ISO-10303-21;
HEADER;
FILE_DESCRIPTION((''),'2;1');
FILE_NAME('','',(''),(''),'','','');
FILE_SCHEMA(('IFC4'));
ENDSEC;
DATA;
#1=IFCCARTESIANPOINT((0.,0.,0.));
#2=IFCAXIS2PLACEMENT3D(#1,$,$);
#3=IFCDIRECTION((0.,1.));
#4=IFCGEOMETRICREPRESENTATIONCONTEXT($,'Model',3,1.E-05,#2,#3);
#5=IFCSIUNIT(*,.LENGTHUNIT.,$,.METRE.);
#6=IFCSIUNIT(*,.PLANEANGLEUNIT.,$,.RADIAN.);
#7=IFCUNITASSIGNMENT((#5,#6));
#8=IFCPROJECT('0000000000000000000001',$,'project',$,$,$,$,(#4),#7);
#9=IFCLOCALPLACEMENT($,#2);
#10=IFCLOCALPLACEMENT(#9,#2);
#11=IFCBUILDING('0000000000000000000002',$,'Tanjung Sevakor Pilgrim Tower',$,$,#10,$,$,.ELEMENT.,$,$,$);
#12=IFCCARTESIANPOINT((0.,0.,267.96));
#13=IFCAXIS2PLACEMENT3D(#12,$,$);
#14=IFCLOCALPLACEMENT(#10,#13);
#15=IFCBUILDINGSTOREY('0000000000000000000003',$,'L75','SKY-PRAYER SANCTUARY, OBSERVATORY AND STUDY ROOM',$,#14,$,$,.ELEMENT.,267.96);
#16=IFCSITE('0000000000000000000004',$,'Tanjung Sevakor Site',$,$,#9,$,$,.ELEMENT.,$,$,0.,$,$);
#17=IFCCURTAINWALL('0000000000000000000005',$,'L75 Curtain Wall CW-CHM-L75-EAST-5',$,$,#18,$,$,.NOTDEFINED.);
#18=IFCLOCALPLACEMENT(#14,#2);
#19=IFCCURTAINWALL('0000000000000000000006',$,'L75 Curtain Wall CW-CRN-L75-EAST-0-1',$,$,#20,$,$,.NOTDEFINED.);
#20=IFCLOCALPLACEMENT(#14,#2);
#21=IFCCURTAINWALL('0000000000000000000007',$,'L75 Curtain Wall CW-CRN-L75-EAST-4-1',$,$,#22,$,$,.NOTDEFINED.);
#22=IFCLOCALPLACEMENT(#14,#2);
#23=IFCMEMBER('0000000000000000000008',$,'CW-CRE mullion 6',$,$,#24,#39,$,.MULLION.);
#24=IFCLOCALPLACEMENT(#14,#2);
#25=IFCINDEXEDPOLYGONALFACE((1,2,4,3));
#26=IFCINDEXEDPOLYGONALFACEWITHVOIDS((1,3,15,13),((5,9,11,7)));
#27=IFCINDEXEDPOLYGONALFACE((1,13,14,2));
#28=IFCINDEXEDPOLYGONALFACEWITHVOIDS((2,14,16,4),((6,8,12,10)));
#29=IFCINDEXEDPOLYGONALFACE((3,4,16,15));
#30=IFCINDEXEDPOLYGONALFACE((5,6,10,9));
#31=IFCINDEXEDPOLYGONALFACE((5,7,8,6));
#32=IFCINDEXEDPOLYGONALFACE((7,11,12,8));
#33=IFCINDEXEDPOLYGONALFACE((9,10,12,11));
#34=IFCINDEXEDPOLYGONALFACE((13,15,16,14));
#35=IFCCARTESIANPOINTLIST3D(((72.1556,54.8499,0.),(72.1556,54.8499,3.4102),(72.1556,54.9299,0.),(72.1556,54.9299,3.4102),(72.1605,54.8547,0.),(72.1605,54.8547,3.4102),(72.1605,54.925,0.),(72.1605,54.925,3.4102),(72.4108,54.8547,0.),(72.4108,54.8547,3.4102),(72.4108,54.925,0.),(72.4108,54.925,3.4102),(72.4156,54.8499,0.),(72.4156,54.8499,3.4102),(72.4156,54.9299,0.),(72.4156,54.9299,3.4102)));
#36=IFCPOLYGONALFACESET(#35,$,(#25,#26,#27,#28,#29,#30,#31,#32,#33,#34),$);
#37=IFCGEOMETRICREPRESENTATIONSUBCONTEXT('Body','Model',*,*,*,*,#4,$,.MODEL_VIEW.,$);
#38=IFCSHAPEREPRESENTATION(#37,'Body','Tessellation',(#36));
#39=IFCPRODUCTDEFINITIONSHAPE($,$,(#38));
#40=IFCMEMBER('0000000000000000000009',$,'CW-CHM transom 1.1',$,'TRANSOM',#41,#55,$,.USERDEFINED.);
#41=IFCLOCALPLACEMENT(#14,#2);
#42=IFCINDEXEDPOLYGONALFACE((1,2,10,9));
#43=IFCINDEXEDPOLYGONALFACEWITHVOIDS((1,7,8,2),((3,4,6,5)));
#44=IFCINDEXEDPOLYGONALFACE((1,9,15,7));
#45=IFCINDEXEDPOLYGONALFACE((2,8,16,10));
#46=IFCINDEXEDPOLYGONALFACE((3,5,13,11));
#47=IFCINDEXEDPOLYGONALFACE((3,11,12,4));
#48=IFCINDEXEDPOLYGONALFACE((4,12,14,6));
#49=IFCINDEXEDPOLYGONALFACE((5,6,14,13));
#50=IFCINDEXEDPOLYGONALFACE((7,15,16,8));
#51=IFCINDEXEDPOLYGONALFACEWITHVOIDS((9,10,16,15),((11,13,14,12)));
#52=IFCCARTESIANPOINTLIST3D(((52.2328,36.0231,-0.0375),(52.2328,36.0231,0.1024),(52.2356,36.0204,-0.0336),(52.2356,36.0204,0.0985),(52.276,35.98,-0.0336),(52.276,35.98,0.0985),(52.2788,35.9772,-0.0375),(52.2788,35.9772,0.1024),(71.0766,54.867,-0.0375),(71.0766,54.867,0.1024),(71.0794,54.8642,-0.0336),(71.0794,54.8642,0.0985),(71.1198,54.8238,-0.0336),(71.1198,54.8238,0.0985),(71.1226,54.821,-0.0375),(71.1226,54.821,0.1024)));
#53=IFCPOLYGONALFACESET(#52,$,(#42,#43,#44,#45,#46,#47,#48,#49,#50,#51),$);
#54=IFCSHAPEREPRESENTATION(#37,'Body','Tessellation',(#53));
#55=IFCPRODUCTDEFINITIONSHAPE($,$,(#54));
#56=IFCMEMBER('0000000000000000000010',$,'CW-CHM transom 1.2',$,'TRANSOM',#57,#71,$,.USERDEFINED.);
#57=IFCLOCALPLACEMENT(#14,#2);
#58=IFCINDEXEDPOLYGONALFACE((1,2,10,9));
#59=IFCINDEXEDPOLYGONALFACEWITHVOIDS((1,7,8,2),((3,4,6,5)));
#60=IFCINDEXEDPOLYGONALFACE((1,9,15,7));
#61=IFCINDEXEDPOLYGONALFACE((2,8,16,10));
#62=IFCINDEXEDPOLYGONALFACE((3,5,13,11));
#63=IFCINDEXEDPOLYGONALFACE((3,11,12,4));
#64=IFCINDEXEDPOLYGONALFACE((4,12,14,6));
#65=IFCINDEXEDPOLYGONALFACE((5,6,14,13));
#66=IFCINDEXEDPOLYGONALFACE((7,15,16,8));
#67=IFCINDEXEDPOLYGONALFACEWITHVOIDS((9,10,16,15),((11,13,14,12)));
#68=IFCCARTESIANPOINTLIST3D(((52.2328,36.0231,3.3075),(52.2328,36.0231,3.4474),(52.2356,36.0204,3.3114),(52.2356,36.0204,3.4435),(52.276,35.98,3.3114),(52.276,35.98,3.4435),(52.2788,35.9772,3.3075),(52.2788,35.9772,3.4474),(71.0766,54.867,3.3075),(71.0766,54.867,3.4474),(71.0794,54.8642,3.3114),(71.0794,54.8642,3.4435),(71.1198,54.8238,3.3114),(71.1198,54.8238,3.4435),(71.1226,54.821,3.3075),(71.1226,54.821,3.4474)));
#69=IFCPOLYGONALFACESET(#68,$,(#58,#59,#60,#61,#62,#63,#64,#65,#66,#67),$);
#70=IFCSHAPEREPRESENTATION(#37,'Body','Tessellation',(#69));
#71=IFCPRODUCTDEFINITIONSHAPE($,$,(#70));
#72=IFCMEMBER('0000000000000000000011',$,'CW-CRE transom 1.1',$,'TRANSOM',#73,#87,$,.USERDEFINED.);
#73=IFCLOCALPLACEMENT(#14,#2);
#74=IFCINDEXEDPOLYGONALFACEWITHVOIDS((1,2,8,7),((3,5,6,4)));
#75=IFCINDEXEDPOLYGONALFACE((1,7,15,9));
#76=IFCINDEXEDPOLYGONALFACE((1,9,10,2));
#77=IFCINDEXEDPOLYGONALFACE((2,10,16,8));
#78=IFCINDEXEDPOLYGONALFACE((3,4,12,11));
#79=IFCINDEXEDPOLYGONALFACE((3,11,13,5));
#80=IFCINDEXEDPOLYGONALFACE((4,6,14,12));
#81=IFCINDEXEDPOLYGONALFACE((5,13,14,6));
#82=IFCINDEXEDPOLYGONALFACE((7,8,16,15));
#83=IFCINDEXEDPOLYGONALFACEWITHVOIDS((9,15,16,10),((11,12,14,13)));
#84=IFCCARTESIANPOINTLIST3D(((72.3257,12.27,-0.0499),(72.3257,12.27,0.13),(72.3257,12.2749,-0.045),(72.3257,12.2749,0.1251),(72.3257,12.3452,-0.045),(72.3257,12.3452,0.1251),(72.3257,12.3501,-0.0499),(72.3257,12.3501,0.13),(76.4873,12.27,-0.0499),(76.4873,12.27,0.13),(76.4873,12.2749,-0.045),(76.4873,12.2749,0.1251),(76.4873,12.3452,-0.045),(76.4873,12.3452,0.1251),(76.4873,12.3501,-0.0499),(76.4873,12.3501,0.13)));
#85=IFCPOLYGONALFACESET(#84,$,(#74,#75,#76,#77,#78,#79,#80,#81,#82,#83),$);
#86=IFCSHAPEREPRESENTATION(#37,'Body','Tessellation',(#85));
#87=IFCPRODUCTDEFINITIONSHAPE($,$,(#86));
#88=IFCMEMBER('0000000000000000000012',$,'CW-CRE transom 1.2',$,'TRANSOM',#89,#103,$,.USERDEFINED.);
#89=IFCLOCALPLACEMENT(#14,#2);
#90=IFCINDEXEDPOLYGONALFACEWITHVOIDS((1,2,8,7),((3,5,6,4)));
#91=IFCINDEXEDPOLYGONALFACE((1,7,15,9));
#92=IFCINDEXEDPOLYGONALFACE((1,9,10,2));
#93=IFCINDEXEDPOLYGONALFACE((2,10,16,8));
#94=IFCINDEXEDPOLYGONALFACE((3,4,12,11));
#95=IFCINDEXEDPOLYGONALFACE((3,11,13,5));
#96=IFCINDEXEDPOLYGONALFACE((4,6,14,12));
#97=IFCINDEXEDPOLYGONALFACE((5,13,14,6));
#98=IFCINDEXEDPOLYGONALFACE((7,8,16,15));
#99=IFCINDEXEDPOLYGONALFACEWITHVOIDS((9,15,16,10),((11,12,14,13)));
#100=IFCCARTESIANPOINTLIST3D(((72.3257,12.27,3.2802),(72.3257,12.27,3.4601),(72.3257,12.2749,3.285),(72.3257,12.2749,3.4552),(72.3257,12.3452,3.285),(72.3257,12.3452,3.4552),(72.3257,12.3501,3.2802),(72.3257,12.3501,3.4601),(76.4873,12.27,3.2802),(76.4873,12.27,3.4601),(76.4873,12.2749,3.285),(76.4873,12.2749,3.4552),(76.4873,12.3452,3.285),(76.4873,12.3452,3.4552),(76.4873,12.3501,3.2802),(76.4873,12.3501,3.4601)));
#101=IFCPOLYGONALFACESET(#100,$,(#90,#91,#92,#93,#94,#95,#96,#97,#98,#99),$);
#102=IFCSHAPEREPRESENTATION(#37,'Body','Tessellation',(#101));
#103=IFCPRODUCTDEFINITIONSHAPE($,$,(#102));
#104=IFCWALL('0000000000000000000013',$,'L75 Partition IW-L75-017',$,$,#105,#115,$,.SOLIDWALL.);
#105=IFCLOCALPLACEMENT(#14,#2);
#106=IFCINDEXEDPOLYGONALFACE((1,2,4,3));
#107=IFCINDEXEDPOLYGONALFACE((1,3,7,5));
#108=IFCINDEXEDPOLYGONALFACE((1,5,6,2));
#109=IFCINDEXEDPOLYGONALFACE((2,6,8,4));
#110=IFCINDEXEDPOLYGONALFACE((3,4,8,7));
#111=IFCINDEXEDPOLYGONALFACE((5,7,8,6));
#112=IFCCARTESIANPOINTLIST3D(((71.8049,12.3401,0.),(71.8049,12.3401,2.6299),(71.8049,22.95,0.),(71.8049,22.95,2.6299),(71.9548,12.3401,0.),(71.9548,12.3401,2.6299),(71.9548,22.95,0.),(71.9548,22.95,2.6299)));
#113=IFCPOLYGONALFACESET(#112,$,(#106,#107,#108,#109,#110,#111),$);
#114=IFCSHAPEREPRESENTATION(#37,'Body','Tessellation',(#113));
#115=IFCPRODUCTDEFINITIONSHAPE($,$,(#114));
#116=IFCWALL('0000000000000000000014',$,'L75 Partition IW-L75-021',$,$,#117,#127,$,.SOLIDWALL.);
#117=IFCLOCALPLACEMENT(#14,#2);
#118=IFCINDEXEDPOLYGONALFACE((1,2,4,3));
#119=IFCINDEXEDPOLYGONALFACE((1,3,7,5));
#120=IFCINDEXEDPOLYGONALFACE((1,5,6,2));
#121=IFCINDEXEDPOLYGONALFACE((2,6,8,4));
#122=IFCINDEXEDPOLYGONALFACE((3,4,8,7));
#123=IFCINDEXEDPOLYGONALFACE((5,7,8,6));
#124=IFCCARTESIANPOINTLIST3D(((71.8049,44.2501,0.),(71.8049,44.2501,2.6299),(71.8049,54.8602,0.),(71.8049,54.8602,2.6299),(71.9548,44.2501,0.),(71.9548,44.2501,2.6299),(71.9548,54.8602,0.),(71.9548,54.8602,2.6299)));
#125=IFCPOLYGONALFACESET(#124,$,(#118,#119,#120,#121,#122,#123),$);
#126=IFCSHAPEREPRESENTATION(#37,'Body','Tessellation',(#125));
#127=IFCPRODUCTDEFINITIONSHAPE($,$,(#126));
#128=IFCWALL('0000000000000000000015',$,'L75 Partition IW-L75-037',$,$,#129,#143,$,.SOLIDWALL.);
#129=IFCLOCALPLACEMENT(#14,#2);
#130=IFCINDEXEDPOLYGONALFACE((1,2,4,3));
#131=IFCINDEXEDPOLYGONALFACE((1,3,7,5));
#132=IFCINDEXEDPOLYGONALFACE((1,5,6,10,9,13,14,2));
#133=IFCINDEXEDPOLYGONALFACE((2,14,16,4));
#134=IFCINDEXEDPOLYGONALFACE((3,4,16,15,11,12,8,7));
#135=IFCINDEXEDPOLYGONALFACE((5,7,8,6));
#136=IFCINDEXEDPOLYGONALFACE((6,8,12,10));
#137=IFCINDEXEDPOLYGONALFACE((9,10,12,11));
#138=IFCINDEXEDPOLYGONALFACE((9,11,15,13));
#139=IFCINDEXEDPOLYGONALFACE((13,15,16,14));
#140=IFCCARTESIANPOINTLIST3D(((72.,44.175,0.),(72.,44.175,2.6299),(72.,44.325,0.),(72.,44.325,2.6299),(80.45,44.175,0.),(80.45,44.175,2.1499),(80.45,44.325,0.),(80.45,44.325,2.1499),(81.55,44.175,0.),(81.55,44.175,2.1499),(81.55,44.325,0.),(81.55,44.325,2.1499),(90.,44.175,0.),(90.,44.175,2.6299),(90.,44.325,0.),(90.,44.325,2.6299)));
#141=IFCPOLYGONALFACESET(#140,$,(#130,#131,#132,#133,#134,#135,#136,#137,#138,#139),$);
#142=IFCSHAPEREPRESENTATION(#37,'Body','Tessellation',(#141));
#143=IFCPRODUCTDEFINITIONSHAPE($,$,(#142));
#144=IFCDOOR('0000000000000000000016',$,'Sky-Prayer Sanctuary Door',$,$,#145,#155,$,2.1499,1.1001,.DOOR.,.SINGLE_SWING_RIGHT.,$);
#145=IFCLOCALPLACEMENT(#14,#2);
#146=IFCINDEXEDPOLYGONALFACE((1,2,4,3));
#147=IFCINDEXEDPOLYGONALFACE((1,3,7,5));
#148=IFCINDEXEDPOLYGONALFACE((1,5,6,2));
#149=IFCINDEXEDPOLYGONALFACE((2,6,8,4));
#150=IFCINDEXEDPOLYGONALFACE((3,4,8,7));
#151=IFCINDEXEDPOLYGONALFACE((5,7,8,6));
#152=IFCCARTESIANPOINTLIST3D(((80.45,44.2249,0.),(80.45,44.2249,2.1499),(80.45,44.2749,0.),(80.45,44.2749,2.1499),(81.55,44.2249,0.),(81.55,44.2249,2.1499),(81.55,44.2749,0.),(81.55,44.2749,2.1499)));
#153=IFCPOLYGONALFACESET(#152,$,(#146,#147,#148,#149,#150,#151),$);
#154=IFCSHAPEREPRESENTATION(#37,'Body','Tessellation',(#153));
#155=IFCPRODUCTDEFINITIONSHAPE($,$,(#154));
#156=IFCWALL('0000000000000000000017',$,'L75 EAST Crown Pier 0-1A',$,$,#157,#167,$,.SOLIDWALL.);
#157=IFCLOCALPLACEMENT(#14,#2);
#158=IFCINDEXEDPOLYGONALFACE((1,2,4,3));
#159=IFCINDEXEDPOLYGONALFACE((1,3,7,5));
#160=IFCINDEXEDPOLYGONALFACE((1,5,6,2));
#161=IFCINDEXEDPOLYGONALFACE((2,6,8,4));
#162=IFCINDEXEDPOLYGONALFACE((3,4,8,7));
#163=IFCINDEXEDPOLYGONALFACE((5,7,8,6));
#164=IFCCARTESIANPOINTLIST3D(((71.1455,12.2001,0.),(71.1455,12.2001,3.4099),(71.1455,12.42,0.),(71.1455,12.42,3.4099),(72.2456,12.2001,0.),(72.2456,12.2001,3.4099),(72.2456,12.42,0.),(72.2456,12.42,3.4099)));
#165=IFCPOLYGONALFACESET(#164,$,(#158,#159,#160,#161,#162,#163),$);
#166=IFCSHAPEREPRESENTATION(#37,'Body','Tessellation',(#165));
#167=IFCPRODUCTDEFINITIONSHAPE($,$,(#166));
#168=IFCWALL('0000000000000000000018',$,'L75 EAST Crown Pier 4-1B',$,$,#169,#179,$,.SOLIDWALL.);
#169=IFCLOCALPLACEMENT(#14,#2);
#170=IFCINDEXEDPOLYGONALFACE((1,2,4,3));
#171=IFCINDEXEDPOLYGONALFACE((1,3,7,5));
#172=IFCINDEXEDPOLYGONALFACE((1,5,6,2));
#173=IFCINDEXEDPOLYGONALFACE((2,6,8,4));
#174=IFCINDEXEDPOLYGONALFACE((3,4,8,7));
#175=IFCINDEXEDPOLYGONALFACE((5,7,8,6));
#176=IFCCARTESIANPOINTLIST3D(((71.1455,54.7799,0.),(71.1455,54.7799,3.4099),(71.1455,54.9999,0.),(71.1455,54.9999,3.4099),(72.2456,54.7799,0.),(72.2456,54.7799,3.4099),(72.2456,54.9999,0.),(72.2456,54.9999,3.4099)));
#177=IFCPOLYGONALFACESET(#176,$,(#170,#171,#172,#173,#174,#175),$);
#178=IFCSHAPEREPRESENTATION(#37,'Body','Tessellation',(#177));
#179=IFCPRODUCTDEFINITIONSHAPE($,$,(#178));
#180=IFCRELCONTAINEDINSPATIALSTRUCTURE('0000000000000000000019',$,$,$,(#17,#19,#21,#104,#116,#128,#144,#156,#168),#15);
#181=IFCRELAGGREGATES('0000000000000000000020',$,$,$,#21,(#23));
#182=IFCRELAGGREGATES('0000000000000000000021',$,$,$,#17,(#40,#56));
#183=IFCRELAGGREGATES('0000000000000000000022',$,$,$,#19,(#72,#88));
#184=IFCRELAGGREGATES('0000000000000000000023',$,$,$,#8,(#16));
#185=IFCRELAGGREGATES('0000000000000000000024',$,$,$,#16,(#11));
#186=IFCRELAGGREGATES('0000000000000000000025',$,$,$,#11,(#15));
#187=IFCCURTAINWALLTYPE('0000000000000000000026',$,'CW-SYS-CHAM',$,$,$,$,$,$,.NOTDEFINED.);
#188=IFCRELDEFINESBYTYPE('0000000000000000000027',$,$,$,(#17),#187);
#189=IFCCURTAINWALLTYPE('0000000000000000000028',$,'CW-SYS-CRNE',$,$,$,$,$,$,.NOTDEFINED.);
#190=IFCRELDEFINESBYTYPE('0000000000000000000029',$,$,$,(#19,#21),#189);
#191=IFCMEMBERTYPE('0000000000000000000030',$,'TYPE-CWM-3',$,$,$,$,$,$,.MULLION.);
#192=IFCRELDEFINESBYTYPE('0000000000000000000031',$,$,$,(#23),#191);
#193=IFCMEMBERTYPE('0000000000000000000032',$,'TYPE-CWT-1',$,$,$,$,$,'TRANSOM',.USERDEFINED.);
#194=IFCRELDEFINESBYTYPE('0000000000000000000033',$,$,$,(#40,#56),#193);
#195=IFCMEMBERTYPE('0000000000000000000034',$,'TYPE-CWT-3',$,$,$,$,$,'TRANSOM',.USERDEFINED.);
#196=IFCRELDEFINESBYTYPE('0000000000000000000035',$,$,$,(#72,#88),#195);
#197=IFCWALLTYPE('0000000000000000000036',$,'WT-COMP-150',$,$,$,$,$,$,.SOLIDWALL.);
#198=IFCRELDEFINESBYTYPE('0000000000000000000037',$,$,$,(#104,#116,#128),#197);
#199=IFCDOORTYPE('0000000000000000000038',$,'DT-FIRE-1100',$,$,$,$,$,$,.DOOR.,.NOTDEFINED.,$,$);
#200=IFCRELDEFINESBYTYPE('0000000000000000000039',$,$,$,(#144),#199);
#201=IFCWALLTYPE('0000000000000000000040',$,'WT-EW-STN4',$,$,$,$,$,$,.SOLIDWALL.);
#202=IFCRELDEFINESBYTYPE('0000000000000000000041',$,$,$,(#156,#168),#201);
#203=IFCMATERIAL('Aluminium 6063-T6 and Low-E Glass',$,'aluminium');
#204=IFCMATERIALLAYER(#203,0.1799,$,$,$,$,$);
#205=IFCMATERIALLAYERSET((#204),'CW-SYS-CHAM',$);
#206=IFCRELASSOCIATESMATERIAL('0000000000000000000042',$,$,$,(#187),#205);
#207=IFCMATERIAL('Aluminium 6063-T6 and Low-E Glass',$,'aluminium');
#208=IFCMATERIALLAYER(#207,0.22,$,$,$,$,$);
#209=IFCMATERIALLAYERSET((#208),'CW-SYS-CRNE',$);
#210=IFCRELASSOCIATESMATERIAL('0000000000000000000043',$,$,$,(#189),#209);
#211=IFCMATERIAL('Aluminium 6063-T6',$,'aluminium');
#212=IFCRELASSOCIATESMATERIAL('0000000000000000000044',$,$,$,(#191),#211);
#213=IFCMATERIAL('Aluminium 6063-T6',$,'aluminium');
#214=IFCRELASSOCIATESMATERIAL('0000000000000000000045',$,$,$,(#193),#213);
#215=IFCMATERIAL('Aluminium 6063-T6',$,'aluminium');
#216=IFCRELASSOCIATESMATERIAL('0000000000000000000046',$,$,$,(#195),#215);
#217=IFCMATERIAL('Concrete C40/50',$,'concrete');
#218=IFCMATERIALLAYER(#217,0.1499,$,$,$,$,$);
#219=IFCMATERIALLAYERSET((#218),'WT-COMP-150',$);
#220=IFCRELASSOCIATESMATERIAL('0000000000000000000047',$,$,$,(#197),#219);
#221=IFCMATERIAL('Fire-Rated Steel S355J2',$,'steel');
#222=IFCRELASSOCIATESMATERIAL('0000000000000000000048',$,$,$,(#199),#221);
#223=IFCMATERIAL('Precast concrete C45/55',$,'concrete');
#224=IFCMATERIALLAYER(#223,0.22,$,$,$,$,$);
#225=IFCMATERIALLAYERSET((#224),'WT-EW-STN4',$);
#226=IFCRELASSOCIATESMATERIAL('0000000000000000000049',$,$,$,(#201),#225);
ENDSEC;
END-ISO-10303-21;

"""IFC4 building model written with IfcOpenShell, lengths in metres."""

from ifc_helpers import new_model, si_unit, direction, frame, frame_2d, origin, origin_2d, place, context, subcontext, project, spatial, rectangle, hollow_rectangle, extrude, material, layer, layer_set, material_profile, profile_set, type_object, element, fill, aggregate, save


model = new_model("IFC4")

# Units and contexts
model_context = context("Model", 3, precision=1e-05, world=origin(), true_north=direction((0.0, 1.0)))
body_context = subcontext(model_context, "Body", "Model", "MODEL_VIEW")
ifc_project = project(units=[si_unit("LENGTHUNIT", "METRE"), si_unit("PLANEANGLEUNIT", "RADIAN")], contexts=[model_context])

# Site, building, storey
site_placement = place(None, origin())
site = spatial("IfcSite", under=ifc_project, at=site_placement, Name="Tanjung Sevakor Site", CompositionType="ELEMENT", RefElevation=0.0)
building_placement = place(site_placement, origin())
building = spatial("IfcBuilding", under=site, at=building_placement, Name="Tanjung Sevakor Pilgrim Tower", CompositionType="ELEMENT")
storey_placement = place(building_placement, frame((0.0, 0.0, 267.96)))
storey = spatial("IfcBuildingStorey", under=building, at=storey_placement, Name="L75", Description="SKY-PRAYER SANCTUARY, OBSERVATORY AND STUDY ROOM", CompositionType="ELEMENT", Elevation=267.96)

# Curtain walls, member
ifc_material_1 = material(Name="Aluminium 6063-T6 and Low-E Glass", Category="aluminium")
ifc_layer_1 = layer(ifc_material_1, 0.1799)
ifc_layer_set_1 = layer_set([ifc_layer_1], Name="CW-SYS-CHAM")
curtain_wall_type_1 = type_object("IfcCurtainWallType", Name="CW-SYS-CHAM", PredefinedType="NOTDEFINED", material=ifc_layer_set_1)
curtain_wall_1_placement = place(storey_placement, origin())
curtain_wall_1 = element("IfcCurtainWall", 1, at=curtain_wall_1_placement, inside=storey, type_object=curtain_wall_type_1, Name="L75 Curtain Wall CW-CHM-L75-EAST-5", PredefinedType="NOTDEFINED")
ifc_material_2 = material(Name="Aluminium 6063-T6 and Low-E Glass", Category="aluminium")
ifc_layer_2 = layer(ifc_material_2, 0.22)
ifc_layer_set_2 = layer_set([ifc_layer_2], Name="CW-SYS-CRNE")
curtain_wall_type_2 = type_object("IfcCurtainWallType", Name="CW-SYS-CRNE", PredefinedType="NOTDEFINED", material=ifc_layer_set_2)
curtain_wall_2_placement = place(storey_placement, origin())
curtain_wall_2 = element("IfcCurtainWall", 2, at=curtain_wall_2_placement, inside=storey, type_object=curtain_wall_type_2, Name="L75 Curtain Wall CW-CRN-L75-EAST-0-1", PredefinedType="NOTDEFINED")
ifc_material_3 = material(Name="Aluminium 6063-T6", Category="aluminium")
ifc_material_profile_1 = material_profile(ifc_material_3, hollow_rectangle(XDim=0.0801, YDim=0.26, WallThickness=0.0049, at=origin_2d()))
ifc_profile_set_1 = profile_set([ifc_material_profile_1], Name="Aluminium 6063-T6")
member_type_1 = type_object("IfcMemberType", Name="TYPE-CWM-3", PredefinedType="MULLION", material=ifc_profile_set_1)
curtain_wall_3_placement = place(storey_placement, origin())
curtain_wall_3 = element("IfcCurtainWall", 3, at=curtain_wall_3_placement, inside=storey, type_object=curtain_wall_type_2, Name="L75 Curtain Wall CW-CRN-L75-EAST-4-1", PredefinedType="NOTDEFINED")
member_1_placement = place(storey_placement, frame((72.2856, 54.8899, 0.0), z_axis=(0.0, 0.0, 1.0), x_axis=(0.0, -1.0, 0.0)))
member_1 = element("IfcMember", 4, at=member_1_placement, type_object=member_type_1, Name="CW-CRE mullion 6", PredefinedType="MULLION", context=body_context, shape_type="SweptSolid", body=[
    extrude(hollow_rectangle(XDim=0.0801, YDim=0.26, WallThickness=0.0049, at=origin_2d()), origin(), (0.0, 0.0, 1.0), 3.4102),
])
aggregate(curtain_wall_3, [member_1])

# Members
ifc_material_4 = material(Name="Aluminium 6063-T6", Category="aluminium")
ifc_material_profile_2 = material_profile(ifc_material_4, hollow_rectangle(XDim=0.0649, YDim=0.1399, WallThickness=0.0039, at=origin_2d()))
ifc_profile_set_2 = profile_set([ifc_material_profile_2], Name="Aluminium 6063-T6")
member_type_2 = type_object("IfcMemberType", Name="TYPE-CWT-1", ElementType="TRANSOM", PredefinedType="USERDEFINED", material=ifc_profile_set_2)
member_2_placement = place(storey_placement, frame((71.0996, 54.844, 0.0325), z_axis=(-0.707107, -0.707107, 0.0), x_axis=(0.707107, -0.707107, 0.0)))
member_2 = element("IfcMember", 5, at=member_2_placement, type_object=member_type_2, Name="CW-CHM transom 1.1", ObjectType="TRANSOM", PredefinedType="USERDEFINED", context=body_context, shape_type="SweptSolid", body=[
    extrude(hollow_rectangle(XDim=0.0649, YDim=0.1399, WallThickness=0.0039, at=origin_2d()), origin(), (0.0, 0.0, 1.0), 26.6492),
])
member_3_placement = place(storey_placement, frame((71.0996, 54.844, 3.3774), z_axis=(-0.707107, -0.707107, 0.0), x_axis=(0.707107, -0.707107, 0.0)))
member_3 = element("IfcMember", 6, at=member_3_placement, type_object=member_type_2, Name="CW-CHM transom 1.2", ObjectType="TRANSOM", PredefinedType="USERDEFINED", context=body_context, shape_type="SweptSolid", body=[
    extrude(hollow_rectangle(XDim=0.0649, YDim=0.1399, WallThickness=0.0039, at=origin_2d()), origin(), (0.0, 0.0, 1.0), 26.6492),
])
aggregate(curtain_wall_1, [member_2, member_3])
ifc_material_5 = material(Name="Aluminium 6063-T6", Category="aluminium")
ifc_material_profile_3 = material_profile(ifc_material_5, hollow_rectangle(XDim=0.0801, YDim=0.1799, WallThickness=0.0049, at=origin_2d()))
ifc_profile_set_3 = profile_set([ifc_material_profile_3], Name="Aluminium 6063-T6")
member_type_3 = type_object("IfcMemberType", Name="TYPE-CWT-3", ElementType="TRANSOM", PredefinedType="USERDEFINED", material=ifc_profile_set_3)
member_4_placement = place(storey_placement, frame((72.3257, 12.3101, 0.04), z_axis=(1.0, 0.0, 0.0), x_axis=(0.0, 1.0, 0.0)))
member_4 = element("IfcMember", 7, at=member_4_placement, type_object=member_type_3, Name="CW-CRE transom 1.1", ObjectType="TRANSOM", PredefinedType="USERDEFINED", context=body_context, shape_type="SweptSolid", body=[
    extrude(hollow_rectangle(XDim=0.0801, YDim=0.1799, WallThickness=0.0049, at=origin_2d()), origin(), (0.0, 0.0, 1.0), 4.1616),
])
member_5_placement = place(storey_placement, frame((72.3257, 12.3101, 3.3701), z_axis=(1.0, 0.0, 0.0), x_axis=(0.0, 1.0, 0.0)))
member_5 = element("IfcMember", 8, at=member_5_placement, type_object=member_type_3, Name="CW-CRE transom 1.2", ObjectType="TRANSOM", PredefinedType="USERDEFINED", context=body_context, shape_type="SweptSolid", body=[
    extrude(hollow_rectangle(XDim=0.0801, YDim=0.1799, WallThickness=0.0049, at=origin_2d()), origin(), (0.0, 0.0, 1.0), 4.1616),
])
aggregate(curtain_wall_2, [member_4, member_5])

# Walls
ifc_material_6 = material(Name="Concrete C40/50", Category="concrete")
ifc_layer_3 = layer(ifc_material_6, 0.1499)
ifc_layer_set_3 = layer_set([ifc_layer_3], Name="WT-COMP-150")
wall_type_1 = type_object("IfcWallType", Name="WT-COMP-150", PredefinedType="SOLIDWALL", material=ifc_layer_set_3)
wall_1_placement = place(storey_placement, frame((71.8799, 12.3401, 0.0), z_axis=(0.0, 0.0, 1.0), x_axis=(0.0, 1.0, 0.0)))
element("IfcWall", 9, at=wall_1_placement, inside=storey, type_object=wall_type_1, Name="L75 Partition IW-L75-017", PredefinedType="SOLIDWALL", context=body_context, shape_type="SweptSolid", body=[
    extrude(rectangle(XDim=10.6099, YDim=0.1499, at=frame_2d((5.3049, 0.0))), origin(), (0.0, 0.0, 1.0), 2.6299),
])
wall_2_placement = place(storey_placement, frame((71.8799, 44.25, 0.0), z_axis=(0.0, 0.0, 1.0), x_axis=(0.0, 1.0, 0.0)))
element("IfcWall", 10, at=wall_2_placement, inside=storey, type_object=wall_type_1, Name="L75 Partition IW-L75-021", PredefinedType="SOLIDWALL", context=body_context, shape_type="SweptSolid", body=[
    extrude(rectangle(XDim=10.6101, YDim=0.1499, at=frame_2d((5.3052, 0.0))), origin(), (0.0, 0.0, 1.0), 2.6299),
])

# Wall, opening, door
ifc_material_7 = material(Name="Fire-Rated Steel S355J2", Category="steel")
door_type = type_object("IfcDoorType", Name="DT-FIRE-1100", OperationType="NOTDEFINED", PredefinedType="DOOR", material=ifc_material_7)
wall_3_placement = place(storey_placement, frame((72.0, 44.25, 0.0), z_axis=(0.0, 0.0, 1.0), x_axis=(1.0, 0.0, 0.0)))
wall_3 = element("IfcWall", 11, at=wall_3_placement, inside=storey, type_object=wall_type_1, Name="L75 Partition IW-L75-037", PredefinedType="SOLIDWALL", context=body_context, shape_type="SweptSolid", body=[
    extrude(rectangle(XDim=18.0, YDim=0.1499, at=frame_2d((9.0, 0.0))), origin(), (0.0, 0.0, 1.0), 2.6299),
])
opening_1_placement = place(wall_3_placement, frame((8.45, 0.0, 0.0)))
opening_1 = element("IfcOpeningElement", 12, at=opening_1_placement, cuts=wall_3, PredefinedType="OPENING", context=body_context, shape_type="SweptSolid", body=[
    extrude(rectangle(XDim=1.1001, YDim=2.1499, at=frame_2d((0.55, 1.075))), frame((0.0, 0.085, 0.0), z_axis=(0.0, -1.0, 0.0), x_axis=(1.0, 0.0, 0.0)), (0.0, 0.0, 1.0), 0.1699),
])
door_1_placement = place(opening_1_placement, origin())
door_1 = element("IfcDoor", 13, at=door_1_placement, inside=storey, type_object=door_type, Name="Sky-Prayer Sanctuary Door", OperationType="SINGLE_SWING_RIGHT", OverallHeight=2.1499, OverallWidth=1.1001, PredefinedType="DOOR", context=body_context, shape_type="SweptSolid", body=[
    extrude(rectangle(XDim=1.1001, YDim=2.1499, at=frame_2d((0.55, 1.075))), frame((0.0, 0.0249, 0.0), z_axis=(0.0, -1.0, 0.0), x_axis=(1.0, 0.0, 0.0)), (0.0, 0.0, 1.0), 0.05),
])
fill(opening_1, door_1)

# Walls
ifc_material_8 = material(Name="Precast concrete C45/55", Category="concrete")
ifc_layer_4 = layer(ifc_material_8, 0.22)
ifc_layer_set_4 = layer_set([ifc_layer_4], Name="WT-EW-STN4")
wall_type_2 = type_object("IfcWallType", Name="WT-EW-STN4", PredefinedType="SOLIDWALL", material=ifc_layer_set_4)
for number, where, z_axis, x_axis, name in (
    (14, (71.1455, 12.3101, 0.0), (0.0, 0.0, 1.0), (1.0, 0.0, 0.0), "L75 EAST Crown Pier 0-1A"),
    (15, (72.2456, 54.8899, 0.0), (0.0, 0.0, 1.0), (-1.0, 0.0, 0.0), "L75 EAST Crown Pier 4-1B"),
):
    element("IfcWall", number, at=place(storey_placement, frame(where, z_axis=z_axis, x_axis=x_axis)), inside=storey, type_object=wall_type_2, Name=name, PredefinedType="SOLIDWALL", context=body_context, shape_type="SweptSolid", body=[
        extrude(rectangle(XDim=1.1001, YDim=0.22, at=frame_2d((0.55, 0.0))), origin(), (0.0, 0.0, 1.0), 3.4099),
    ])

save(model, "model.ifc")
